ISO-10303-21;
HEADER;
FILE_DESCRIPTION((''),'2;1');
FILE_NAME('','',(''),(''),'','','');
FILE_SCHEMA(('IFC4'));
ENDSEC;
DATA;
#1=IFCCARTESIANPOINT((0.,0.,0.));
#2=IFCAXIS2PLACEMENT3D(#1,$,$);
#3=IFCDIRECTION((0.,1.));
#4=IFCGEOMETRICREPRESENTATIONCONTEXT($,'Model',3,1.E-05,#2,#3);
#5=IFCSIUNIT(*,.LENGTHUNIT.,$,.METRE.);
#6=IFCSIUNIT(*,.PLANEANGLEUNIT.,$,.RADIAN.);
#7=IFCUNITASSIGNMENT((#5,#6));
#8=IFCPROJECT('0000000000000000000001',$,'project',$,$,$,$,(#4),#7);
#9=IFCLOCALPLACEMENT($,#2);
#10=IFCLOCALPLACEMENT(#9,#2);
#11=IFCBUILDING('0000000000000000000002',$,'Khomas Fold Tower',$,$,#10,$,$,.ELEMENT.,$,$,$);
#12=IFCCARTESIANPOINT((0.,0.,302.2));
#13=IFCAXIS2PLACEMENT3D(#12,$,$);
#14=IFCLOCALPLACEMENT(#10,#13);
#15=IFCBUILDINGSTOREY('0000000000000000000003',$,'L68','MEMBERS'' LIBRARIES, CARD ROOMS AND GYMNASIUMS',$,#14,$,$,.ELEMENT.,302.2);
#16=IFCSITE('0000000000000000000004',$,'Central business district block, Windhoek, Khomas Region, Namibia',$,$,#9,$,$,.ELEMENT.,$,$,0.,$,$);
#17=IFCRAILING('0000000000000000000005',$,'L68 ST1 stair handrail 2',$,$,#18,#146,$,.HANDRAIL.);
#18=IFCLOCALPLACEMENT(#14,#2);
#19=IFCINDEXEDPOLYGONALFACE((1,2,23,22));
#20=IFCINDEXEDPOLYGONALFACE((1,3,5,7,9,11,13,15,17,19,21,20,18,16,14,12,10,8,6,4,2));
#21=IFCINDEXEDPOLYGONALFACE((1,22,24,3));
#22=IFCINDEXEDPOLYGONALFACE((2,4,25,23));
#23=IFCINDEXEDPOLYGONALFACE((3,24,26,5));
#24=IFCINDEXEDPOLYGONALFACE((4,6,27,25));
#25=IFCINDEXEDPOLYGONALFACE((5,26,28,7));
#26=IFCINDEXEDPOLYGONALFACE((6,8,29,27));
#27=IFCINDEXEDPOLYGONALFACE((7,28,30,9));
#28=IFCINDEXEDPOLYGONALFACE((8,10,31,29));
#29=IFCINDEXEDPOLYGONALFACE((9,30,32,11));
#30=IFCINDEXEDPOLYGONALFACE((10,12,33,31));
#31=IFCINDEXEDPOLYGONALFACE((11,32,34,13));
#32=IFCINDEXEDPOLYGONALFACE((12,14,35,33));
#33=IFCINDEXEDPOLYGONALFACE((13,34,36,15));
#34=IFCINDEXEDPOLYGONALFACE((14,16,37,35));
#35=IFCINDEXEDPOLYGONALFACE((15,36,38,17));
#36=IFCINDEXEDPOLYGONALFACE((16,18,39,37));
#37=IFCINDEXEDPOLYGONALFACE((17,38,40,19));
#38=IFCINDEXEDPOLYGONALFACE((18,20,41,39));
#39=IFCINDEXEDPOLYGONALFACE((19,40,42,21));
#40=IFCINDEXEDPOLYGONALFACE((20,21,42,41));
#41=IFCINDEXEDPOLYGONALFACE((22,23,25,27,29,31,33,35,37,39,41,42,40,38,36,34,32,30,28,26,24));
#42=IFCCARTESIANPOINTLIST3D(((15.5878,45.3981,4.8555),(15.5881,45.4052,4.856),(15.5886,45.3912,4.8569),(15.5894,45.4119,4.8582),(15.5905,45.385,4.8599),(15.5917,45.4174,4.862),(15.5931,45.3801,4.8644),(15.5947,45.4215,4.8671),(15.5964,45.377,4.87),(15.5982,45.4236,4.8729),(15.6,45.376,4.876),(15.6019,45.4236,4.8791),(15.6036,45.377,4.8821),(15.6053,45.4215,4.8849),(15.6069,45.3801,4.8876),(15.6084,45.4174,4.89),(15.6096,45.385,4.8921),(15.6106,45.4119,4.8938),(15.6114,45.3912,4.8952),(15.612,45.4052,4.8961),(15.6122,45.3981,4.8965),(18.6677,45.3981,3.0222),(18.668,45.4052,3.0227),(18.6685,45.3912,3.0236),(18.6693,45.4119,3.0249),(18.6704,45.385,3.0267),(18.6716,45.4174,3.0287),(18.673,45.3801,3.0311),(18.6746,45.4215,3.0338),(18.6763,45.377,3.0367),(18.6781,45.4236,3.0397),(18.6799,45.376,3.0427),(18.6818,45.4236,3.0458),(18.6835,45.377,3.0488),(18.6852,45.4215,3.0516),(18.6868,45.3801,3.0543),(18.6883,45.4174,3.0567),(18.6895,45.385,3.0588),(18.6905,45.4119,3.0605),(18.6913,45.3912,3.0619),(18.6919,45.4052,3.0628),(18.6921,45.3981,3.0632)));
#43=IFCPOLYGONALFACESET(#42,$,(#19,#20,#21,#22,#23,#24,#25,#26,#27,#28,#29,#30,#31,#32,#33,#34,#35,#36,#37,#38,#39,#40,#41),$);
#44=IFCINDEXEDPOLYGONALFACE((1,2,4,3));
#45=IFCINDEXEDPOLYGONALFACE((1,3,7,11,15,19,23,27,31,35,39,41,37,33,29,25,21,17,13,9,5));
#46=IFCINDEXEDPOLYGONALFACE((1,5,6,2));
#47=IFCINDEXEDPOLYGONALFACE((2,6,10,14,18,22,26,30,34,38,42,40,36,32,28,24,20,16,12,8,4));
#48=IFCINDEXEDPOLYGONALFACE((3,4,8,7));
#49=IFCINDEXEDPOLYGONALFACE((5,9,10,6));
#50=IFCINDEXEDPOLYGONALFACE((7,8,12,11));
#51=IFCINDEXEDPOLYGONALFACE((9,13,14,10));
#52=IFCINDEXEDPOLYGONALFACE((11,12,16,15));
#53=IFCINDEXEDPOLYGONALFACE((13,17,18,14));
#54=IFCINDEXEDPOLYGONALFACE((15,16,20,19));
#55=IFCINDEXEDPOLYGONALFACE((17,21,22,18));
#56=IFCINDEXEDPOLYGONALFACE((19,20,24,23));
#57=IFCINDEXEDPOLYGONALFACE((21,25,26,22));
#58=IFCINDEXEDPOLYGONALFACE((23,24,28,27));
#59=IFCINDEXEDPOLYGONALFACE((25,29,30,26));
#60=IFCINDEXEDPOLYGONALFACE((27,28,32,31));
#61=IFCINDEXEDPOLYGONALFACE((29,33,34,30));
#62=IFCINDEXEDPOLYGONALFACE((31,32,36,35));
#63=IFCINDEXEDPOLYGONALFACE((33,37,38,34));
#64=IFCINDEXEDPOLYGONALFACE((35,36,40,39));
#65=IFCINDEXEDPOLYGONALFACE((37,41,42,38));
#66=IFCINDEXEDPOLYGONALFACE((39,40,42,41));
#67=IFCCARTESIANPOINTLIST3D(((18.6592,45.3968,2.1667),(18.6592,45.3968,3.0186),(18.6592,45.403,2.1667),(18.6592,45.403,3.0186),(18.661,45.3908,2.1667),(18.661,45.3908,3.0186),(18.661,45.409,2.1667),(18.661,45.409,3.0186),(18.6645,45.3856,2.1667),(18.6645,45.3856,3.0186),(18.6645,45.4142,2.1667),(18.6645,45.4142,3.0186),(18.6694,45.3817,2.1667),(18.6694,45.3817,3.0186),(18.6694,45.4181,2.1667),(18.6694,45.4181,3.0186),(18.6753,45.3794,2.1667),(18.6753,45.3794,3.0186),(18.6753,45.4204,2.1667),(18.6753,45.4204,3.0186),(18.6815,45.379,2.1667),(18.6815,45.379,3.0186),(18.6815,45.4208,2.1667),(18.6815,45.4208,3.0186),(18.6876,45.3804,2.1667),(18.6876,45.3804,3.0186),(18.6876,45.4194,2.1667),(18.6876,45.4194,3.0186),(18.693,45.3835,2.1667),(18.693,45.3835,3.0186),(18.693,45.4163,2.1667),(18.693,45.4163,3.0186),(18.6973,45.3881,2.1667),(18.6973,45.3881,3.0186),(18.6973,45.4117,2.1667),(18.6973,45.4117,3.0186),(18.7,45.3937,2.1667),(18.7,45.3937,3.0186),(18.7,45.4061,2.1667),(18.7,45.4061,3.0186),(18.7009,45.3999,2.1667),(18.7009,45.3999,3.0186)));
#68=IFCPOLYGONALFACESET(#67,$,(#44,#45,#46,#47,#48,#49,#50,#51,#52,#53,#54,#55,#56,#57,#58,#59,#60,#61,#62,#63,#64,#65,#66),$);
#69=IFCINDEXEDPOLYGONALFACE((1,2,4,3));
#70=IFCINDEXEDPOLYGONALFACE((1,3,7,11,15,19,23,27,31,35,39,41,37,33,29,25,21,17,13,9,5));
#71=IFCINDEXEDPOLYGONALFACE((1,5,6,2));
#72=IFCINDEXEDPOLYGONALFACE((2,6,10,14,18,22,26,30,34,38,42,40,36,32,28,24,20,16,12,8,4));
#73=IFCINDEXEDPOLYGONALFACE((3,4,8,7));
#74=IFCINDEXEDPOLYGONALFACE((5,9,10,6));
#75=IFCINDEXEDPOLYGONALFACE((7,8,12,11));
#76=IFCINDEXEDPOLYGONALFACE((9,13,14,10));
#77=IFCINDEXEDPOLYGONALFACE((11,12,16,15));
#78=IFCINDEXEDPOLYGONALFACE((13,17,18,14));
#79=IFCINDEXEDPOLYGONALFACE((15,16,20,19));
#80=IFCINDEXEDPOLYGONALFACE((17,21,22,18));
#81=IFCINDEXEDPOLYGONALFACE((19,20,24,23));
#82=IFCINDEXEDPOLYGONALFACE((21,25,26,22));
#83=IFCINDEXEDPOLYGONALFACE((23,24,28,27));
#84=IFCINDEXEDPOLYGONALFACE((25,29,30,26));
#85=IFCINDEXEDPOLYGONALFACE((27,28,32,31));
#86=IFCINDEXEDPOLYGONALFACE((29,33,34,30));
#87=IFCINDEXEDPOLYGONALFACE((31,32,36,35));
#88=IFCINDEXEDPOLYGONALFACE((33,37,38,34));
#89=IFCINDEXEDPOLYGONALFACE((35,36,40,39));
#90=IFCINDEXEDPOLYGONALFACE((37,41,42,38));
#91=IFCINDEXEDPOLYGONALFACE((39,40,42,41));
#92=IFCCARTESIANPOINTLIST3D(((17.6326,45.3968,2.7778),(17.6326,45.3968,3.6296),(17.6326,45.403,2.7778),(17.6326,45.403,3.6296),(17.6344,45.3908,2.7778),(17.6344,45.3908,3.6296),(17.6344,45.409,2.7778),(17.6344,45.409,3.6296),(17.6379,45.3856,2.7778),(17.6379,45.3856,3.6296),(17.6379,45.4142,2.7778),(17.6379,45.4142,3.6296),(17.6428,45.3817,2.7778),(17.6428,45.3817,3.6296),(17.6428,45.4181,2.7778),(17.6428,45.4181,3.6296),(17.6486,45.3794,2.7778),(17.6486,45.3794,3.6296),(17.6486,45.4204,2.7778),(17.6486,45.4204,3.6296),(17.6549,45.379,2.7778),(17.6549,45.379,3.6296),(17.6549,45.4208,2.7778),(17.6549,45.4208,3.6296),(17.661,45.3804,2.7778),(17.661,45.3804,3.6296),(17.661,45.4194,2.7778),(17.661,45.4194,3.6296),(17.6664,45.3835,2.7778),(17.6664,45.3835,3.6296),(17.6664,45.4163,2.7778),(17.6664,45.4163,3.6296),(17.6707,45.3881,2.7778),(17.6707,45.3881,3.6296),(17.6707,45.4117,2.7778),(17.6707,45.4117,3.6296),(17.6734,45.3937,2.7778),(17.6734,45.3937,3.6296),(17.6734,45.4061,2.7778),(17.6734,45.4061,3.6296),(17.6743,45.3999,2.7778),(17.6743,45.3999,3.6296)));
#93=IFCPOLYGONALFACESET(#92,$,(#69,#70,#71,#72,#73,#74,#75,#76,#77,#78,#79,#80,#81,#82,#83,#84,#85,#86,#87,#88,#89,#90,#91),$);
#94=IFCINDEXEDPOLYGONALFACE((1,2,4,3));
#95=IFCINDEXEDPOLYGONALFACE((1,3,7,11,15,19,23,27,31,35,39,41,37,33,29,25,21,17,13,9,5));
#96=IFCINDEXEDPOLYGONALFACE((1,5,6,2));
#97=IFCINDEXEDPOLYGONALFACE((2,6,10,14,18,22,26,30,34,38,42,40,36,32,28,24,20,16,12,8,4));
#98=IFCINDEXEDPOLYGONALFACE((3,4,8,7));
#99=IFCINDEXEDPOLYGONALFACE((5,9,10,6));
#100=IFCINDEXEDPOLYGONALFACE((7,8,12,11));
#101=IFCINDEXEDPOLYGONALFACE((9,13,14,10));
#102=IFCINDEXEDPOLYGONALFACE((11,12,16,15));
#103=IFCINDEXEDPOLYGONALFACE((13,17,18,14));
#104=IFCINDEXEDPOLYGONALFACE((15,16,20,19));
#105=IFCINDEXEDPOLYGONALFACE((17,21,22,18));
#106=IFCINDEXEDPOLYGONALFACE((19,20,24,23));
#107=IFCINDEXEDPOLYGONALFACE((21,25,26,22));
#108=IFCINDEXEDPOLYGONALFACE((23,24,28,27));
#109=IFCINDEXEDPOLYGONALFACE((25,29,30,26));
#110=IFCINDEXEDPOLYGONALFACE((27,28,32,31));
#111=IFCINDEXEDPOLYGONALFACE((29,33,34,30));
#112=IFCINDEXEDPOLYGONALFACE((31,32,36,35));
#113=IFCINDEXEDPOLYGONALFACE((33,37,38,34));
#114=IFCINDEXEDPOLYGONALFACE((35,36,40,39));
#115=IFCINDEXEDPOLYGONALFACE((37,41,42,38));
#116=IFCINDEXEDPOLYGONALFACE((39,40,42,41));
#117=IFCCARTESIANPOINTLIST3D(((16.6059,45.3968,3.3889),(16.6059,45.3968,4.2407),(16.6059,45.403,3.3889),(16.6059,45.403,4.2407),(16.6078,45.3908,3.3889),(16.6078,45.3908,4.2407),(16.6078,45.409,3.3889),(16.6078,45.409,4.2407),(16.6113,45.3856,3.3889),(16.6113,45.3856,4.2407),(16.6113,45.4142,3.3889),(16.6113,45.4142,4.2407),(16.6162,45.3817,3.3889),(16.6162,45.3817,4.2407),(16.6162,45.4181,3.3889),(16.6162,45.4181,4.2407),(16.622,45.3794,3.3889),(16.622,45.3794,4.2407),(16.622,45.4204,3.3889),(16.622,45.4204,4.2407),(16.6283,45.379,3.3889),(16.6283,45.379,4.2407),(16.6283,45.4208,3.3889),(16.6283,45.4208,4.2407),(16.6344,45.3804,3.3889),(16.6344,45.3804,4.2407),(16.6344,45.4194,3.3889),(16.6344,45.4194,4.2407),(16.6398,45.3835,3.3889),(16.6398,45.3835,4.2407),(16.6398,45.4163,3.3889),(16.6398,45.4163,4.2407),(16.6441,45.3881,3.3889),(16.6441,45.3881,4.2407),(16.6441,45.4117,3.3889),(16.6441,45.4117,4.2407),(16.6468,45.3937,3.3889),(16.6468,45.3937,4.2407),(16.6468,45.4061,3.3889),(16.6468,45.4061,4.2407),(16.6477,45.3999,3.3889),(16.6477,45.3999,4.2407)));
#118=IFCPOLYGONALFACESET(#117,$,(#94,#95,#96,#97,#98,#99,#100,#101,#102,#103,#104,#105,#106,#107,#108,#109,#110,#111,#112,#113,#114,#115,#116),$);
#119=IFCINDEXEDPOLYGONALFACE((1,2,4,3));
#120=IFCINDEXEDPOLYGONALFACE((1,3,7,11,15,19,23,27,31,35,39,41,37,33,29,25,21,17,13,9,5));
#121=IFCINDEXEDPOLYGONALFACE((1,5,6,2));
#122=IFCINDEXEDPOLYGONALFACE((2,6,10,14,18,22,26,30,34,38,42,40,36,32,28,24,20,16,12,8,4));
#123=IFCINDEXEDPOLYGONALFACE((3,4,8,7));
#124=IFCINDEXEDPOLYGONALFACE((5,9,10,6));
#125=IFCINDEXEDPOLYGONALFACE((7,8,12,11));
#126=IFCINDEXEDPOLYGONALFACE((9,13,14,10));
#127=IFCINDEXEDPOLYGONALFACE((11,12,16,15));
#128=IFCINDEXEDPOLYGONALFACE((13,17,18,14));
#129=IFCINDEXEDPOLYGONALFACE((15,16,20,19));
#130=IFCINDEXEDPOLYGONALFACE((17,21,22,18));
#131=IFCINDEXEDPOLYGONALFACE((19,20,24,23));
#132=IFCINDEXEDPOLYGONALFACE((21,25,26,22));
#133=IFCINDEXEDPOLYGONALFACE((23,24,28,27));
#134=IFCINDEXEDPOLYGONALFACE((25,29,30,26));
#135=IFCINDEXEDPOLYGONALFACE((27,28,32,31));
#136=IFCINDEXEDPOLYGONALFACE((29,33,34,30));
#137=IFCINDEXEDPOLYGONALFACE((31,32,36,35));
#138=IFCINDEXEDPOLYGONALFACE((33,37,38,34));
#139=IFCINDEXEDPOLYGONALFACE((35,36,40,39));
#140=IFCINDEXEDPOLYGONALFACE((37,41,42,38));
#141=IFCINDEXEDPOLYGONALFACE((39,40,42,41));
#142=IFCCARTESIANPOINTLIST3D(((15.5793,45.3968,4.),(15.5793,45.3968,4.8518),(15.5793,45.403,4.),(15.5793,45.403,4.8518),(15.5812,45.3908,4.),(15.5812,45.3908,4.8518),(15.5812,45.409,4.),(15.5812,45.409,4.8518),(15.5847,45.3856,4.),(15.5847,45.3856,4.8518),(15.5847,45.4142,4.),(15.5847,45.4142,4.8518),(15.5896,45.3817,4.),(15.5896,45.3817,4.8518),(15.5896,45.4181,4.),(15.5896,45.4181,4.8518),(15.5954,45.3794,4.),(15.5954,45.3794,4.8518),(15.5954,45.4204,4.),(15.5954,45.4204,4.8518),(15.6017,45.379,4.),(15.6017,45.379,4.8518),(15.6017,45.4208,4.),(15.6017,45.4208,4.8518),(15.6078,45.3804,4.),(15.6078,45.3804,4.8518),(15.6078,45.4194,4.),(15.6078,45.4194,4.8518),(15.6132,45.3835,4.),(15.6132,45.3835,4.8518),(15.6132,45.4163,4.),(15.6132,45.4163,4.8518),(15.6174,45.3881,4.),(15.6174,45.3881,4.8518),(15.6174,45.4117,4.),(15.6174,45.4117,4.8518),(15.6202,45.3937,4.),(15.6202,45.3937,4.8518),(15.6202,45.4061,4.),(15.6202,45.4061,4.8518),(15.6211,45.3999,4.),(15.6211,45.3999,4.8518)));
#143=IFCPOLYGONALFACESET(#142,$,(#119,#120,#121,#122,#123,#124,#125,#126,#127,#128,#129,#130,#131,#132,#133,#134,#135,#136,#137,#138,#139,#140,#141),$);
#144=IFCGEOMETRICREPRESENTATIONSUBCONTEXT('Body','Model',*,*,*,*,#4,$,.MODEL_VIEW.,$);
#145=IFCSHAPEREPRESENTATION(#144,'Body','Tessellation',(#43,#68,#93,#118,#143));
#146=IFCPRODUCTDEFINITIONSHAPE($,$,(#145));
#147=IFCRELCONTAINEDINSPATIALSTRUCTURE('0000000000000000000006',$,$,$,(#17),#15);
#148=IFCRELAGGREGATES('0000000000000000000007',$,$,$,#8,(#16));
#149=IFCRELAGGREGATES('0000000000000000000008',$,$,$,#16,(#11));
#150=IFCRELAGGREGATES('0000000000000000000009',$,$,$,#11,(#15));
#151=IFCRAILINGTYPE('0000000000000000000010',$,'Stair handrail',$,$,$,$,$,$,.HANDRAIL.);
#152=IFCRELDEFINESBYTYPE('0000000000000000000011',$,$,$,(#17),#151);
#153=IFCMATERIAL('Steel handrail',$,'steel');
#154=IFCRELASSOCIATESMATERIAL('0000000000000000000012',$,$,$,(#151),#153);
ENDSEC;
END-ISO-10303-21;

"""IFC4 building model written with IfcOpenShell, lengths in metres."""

from ifc_helpers import new_model, si_unit, direction, frame, origin, origin_2d, place, context, subcontext, project, spatial, circle, extrude, source, transform, mapped, material, type_object, element, save


model = new_model("IFC4")

# Units and contexts
model_context = context("Model", 3, precision=1e-05, world=origin(), true_north=direction((0.0, 1.0)))
body_context = subcontext(model_context, "Body", "Model", "MODEL_VIEW")
ifc_project = project(units=[si_unit("LENGTHUNIT", "METRE"), si_unit("PLANEANGLEUNIT", "RADIAN")], contexts=[model_context])

# Site, building, storey
site_placement = place(None, origin())
site = spatial("IfcSite", under=ifc_project, at=site_placement, Name="Central business district block, Windhoek, Khomas Region, Namibia", CompositionType="ELEMENT", RefElevation=0.0)
building_placement = place(site_placement, origin())
building = spatial("IfcBuilding", under=site, at=building_placement, Name="Khomas Fold Tower", CompositionType="ELEMENT")
storey_placement = place(building_placement, frame((0.0, 0.0, 302.2)))
storey = spatial("IfcBuildingStorey", under=building, at=storey_placement, Name="L68", Description="MEMBERS' LIBRARIES, CARD ROOMS AND GYMNASIUMS", CompositionType="ELEMENT", Elevation=302.2)

# Railing
ifc_material_1 = material(Name="Steel handrail", Category="steel")
railing_type_1 = type_object("IfcRailingType", Name="Stair handrail", PredefinedType="HANDRAIL", material=ifc_material_1)
shared_shape_1 = source(origin(), body_context, "Body", "SweptSolid", [
    extrude(circle(Radius=0.0239, at=origin_2d()), frame((0.0, 0.0, 0.876), z_axis=(-0.859291, 0.0, 0.511487), x_axis=(0.0, -1.0, 0.0)), (0.0, 0.0, 1.0), 3.5842),
    extrude(circle(Radius=0.021, at=origin_2d()), origin(), (0.0, 0.0, 1.0), 0.8518),
    extrude(circle(Radius=0.021, at=origin_2d()), frame((-1.0266, 0.0, 0.6111)), (0.0, 0.0, 1.0), 0.8518),
    extrude(circle(Radius=0.021, at=origin_2d()), frame((-2.0532, 0.0, 1.2222)), (0.0, 0.0, 1.0), 0.8518),
    extrude(circle(Radius=0.021, at=origin_2d()), frame((-3.0798, 0.0, 1.8333)), (0.0, 0.0, 1.0), 0.8518),
])
railing_1_placement = place(storey_placement, frame((18.6799, 45.3999, 2.1667)))
element("IfcRailing", 1, at=railing_1_placement, inside=storey, type_object=railing_type_1, Name="L68 ST1 stair handrail 2", PredefinedType="HANDRAIL", context=body_context, shape_type="MappedRepresentation", body=[
    mapped(shared_shape_1, transform((0.0, 0.0, 0.0))),
])

save(model, "model.ifc")
